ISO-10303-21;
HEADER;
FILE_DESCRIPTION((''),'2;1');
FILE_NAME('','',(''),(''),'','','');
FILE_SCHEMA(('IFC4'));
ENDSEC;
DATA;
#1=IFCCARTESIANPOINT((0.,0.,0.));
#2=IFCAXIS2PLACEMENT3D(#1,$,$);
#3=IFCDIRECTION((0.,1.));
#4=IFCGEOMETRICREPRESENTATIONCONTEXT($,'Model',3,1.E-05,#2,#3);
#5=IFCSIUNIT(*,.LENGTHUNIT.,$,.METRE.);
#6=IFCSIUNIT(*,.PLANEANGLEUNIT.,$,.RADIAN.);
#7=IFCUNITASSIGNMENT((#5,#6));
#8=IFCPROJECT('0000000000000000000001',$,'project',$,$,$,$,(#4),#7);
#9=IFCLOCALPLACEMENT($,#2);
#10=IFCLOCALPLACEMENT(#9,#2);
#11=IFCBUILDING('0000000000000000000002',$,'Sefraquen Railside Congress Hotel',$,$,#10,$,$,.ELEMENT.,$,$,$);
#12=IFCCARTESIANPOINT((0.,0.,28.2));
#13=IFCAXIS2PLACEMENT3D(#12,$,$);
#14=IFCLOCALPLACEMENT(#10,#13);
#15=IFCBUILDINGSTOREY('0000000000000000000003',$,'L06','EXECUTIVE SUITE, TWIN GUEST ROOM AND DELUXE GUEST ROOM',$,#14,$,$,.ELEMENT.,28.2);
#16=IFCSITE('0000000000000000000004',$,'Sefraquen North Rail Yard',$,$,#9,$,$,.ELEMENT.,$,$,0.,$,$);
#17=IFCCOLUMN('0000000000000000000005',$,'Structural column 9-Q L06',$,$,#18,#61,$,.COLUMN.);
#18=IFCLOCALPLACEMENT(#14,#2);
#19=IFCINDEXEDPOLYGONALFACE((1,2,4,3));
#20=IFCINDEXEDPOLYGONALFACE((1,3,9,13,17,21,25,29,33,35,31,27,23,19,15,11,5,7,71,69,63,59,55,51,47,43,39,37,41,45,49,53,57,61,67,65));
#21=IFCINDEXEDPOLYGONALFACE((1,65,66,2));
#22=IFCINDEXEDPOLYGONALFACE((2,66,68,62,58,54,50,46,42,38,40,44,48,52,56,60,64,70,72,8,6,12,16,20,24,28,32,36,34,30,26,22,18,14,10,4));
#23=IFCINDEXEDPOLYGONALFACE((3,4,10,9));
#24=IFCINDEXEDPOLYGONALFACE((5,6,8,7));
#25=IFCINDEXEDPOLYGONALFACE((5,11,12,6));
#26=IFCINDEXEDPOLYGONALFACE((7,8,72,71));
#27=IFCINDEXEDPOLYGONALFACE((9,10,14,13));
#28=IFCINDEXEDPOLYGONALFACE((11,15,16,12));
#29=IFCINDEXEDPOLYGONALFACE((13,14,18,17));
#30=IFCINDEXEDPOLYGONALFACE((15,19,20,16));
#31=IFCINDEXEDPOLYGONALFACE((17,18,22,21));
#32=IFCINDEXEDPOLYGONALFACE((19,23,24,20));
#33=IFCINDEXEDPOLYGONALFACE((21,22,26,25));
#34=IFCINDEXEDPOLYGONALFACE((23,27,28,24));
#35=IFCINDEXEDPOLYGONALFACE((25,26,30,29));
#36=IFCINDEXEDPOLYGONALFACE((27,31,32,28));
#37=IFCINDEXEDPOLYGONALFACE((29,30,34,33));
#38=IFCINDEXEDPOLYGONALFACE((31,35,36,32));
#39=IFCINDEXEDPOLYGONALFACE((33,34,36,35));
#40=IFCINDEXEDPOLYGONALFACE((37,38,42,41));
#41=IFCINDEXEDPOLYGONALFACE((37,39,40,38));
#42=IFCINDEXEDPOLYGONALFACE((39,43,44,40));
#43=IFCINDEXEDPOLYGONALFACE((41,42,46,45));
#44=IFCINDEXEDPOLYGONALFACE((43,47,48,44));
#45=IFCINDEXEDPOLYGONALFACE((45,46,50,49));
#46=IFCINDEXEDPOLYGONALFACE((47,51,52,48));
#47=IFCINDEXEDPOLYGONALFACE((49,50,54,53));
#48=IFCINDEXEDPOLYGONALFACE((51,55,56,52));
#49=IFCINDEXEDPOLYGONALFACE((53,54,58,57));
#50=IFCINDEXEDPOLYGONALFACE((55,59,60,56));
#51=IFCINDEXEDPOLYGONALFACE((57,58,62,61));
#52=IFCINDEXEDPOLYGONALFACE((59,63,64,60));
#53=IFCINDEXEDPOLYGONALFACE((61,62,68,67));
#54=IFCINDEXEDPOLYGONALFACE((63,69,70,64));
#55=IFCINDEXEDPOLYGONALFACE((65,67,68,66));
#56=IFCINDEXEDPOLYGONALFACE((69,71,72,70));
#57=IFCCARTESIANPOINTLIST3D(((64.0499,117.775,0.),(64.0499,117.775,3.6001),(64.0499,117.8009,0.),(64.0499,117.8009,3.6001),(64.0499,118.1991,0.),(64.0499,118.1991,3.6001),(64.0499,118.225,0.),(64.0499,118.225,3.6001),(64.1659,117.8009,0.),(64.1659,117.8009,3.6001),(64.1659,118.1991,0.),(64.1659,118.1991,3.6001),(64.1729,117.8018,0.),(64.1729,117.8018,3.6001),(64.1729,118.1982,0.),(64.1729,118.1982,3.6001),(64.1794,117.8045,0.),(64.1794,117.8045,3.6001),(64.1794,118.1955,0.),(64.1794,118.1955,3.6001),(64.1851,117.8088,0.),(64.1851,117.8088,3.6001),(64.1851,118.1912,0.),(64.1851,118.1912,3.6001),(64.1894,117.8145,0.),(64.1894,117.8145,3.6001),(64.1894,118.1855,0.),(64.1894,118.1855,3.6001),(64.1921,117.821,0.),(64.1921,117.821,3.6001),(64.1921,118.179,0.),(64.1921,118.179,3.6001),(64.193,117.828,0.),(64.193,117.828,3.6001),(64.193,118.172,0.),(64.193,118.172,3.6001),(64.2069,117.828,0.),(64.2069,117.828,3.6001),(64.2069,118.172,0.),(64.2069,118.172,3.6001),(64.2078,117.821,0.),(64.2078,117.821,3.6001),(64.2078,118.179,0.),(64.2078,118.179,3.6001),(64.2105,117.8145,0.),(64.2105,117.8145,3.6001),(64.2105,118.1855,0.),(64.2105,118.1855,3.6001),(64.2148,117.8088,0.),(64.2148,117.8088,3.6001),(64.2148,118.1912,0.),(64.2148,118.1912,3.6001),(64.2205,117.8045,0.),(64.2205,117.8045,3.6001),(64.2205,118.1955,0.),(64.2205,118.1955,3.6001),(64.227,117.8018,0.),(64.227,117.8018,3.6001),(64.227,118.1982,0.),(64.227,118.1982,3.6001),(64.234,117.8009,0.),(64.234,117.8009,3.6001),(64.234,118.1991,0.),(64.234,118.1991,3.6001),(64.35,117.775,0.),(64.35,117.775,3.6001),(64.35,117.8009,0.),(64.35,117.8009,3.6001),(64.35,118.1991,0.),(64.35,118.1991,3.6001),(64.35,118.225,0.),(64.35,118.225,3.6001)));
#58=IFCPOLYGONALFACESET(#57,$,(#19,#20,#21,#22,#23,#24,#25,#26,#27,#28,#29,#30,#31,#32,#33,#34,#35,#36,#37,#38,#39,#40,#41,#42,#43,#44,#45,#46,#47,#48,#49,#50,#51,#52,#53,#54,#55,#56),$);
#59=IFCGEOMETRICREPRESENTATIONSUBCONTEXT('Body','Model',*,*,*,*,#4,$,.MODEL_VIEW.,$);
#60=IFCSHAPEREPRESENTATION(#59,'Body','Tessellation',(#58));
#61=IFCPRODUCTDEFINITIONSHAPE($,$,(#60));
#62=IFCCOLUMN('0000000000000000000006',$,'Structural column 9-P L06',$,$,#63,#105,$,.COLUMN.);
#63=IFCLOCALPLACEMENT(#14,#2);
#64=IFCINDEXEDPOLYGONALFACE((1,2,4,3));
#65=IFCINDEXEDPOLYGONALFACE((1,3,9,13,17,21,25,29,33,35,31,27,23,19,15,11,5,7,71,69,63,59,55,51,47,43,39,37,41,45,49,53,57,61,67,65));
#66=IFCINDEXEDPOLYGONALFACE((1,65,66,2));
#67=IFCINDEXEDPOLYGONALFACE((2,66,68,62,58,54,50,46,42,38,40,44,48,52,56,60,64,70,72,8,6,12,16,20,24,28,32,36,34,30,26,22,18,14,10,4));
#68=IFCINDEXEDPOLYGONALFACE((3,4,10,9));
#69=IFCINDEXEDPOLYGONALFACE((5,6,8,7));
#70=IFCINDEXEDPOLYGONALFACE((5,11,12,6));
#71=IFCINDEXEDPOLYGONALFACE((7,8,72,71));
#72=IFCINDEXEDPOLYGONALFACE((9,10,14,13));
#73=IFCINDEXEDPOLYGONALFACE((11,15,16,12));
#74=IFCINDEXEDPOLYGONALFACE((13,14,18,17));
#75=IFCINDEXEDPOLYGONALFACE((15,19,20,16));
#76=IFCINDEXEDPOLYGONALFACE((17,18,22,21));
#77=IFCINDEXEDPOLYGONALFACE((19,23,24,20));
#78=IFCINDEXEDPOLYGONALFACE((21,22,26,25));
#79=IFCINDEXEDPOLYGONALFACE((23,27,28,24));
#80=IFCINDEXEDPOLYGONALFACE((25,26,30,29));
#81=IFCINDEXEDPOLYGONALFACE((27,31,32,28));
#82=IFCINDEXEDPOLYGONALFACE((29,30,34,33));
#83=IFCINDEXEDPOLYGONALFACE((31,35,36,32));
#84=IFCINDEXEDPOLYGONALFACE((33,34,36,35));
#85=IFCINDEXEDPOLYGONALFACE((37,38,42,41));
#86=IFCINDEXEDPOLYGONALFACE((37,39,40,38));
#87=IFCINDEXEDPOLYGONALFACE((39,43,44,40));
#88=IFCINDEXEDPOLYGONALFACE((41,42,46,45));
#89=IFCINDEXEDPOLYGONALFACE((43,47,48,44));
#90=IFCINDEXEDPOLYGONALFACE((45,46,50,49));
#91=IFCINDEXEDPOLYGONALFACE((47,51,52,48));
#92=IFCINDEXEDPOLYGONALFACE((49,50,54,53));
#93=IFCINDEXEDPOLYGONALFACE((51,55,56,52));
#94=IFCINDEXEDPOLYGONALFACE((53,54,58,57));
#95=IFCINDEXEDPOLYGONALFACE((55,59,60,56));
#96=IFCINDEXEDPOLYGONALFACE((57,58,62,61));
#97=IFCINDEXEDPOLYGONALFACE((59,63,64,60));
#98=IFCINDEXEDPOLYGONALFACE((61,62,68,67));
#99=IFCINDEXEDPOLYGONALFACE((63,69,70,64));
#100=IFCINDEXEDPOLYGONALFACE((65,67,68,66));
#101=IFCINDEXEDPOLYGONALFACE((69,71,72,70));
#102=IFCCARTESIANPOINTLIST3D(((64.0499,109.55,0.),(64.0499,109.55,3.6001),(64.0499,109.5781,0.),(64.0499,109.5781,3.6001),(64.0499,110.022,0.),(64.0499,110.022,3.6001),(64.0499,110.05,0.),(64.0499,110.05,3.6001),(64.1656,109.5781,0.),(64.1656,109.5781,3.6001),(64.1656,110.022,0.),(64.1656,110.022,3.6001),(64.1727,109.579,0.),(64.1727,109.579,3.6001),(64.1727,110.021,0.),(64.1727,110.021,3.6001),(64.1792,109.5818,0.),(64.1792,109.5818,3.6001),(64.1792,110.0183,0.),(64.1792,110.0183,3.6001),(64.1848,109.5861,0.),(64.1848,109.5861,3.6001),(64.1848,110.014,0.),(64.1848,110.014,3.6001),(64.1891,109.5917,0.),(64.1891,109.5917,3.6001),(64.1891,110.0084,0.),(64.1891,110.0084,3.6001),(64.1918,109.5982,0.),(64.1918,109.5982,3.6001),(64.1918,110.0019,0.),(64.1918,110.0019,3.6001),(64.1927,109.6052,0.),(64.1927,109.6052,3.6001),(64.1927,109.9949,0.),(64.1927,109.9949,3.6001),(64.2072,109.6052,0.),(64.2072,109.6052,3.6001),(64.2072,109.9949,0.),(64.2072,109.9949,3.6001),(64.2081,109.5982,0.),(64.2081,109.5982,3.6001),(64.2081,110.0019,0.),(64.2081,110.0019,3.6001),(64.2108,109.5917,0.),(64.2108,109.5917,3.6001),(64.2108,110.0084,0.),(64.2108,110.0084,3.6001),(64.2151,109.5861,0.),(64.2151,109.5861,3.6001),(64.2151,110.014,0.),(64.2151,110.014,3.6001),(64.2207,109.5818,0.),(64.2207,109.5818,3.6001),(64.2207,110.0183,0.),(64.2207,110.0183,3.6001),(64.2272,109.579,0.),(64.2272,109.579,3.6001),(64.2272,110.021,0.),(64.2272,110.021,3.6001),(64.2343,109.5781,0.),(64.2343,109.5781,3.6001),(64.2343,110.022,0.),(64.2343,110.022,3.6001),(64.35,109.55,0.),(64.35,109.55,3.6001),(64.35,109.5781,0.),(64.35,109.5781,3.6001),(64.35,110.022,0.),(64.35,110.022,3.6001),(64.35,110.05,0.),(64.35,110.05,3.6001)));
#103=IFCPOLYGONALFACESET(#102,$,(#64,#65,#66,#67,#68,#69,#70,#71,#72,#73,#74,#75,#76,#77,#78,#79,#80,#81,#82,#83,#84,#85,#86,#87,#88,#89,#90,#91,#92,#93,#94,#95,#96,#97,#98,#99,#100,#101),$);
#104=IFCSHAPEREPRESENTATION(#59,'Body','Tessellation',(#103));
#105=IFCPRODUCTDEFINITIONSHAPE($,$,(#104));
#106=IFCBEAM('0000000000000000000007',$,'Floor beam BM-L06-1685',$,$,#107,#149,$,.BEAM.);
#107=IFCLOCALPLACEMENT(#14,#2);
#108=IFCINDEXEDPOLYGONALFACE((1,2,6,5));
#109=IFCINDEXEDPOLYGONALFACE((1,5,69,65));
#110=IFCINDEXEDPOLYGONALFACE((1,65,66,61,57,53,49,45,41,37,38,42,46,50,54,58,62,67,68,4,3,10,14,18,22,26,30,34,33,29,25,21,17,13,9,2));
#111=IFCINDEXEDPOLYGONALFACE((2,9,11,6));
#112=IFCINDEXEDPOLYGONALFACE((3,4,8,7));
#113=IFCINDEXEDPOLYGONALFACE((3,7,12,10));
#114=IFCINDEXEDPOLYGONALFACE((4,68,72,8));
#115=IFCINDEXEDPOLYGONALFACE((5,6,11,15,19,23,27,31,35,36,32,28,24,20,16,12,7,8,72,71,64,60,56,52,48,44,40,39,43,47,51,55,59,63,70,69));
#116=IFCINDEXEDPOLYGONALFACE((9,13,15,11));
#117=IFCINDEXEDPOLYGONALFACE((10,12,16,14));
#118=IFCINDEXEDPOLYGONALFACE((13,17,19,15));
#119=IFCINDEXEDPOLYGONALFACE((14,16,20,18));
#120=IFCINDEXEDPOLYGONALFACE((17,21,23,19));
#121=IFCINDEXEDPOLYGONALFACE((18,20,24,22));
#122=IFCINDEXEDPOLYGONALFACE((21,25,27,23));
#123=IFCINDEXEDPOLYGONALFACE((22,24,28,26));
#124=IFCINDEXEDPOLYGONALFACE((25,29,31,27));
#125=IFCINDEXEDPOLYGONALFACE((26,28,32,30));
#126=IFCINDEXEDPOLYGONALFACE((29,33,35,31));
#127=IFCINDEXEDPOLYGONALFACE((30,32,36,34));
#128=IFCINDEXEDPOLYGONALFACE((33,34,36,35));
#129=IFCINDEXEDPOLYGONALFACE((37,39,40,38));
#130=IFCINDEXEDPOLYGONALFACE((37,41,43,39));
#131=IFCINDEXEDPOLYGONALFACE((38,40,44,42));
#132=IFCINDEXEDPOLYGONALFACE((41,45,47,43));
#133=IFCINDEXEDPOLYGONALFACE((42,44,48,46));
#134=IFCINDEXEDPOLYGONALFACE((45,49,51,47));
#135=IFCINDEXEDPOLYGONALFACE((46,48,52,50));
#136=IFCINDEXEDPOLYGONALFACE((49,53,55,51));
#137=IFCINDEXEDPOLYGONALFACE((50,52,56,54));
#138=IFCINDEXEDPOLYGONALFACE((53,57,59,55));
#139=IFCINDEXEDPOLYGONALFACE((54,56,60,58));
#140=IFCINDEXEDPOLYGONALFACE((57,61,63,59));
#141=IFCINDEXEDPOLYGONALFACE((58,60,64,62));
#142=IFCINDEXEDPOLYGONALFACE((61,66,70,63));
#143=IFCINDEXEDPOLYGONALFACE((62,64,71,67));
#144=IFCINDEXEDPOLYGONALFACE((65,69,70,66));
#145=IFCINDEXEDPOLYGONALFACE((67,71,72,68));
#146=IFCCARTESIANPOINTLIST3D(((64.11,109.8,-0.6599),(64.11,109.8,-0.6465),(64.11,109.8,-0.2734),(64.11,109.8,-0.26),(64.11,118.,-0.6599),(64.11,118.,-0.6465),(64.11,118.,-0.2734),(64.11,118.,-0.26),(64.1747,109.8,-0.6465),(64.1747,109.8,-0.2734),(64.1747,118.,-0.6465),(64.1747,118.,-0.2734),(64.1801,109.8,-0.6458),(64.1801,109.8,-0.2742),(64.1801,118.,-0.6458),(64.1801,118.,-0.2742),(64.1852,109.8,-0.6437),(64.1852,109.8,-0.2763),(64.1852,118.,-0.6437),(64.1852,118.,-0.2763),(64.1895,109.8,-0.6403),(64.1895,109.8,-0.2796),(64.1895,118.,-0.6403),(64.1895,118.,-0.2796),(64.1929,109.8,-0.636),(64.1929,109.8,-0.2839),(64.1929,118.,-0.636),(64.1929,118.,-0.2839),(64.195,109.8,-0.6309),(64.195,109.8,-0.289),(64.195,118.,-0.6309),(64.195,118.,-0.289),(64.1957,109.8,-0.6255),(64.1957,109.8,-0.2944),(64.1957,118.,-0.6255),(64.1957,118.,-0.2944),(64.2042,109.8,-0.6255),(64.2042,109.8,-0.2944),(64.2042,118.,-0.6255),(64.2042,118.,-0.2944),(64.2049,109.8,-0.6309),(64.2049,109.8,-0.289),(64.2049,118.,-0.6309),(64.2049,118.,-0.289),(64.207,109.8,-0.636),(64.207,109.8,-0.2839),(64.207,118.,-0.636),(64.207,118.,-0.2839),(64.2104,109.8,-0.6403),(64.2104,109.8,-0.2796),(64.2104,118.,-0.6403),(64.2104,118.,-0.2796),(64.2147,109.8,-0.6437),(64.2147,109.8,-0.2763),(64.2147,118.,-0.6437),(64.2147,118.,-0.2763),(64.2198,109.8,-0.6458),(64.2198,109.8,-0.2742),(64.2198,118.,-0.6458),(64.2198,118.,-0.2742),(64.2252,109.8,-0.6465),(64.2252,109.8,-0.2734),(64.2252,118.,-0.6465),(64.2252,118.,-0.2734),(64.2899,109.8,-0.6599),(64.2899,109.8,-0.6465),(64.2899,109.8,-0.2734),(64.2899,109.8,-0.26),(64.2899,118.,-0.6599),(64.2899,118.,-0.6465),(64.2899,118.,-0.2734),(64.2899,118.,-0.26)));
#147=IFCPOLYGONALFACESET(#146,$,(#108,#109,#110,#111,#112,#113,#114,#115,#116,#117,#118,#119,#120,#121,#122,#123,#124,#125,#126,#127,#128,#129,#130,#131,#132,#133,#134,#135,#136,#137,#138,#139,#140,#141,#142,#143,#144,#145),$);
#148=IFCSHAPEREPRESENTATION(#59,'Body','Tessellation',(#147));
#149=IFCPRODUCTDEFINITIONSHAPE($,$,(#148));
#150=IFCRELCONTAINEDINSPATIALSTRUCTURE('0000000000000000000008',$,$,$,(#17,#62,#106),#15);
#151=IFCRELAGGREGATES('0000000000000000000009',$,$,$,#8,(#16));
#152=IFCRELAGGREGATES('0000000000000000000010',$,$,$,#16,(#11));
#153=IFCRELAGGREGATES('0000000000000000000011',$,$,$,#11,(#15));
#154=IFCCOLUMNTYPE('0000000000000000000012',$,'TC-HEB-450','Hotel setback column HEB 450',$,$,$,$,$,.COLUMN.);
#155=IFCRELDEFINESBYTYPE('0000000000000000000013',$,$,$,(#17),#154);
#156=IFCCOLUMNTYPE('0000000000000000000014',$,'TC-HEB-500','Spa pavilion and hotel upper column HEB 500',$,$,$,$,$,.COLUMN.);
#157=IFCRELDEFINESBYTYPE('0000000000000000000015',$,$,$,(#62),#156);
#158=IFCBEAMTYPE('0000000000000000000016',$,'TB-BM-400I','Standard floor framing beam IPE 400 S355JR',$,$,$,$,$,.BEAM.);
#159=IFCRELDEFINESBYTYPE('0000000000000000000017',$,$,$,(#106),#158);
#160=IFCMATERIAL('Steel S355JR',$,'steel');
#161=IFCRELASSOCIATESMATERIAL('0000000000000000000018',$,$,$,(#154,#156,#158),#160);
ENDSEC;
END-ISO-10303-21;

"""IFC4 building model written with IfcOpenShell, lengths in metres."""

from ifc_helpers import new_model, si_unit, direction, frame, origin, origin_2d, place, context, subcontext, project, spatial, i_section, extrude, material, material_profile, profile_set, type_object, element, save


model = new_model("IFC4")

# Units and contexts
model_context = context("Model", 3, precision=1e-05, world=origin(), true_north=direction((0.0, 1.0)))
body_context = subcontext(model_context, "Body", "Model", "MODEL_VIEW")
ifc_project = project(units=[si_unit("LENGTHUNIT", "METRE"), si_unit("PLANEANGLEUNIT", "RADIAN")], contexts=[model_context])

# Site, building, storey
site_placement = place(None, origin())
site = spatial("IfcSite", under=ifc_project, at=site_placement, Name="Sefraquen North Rail Yard", CompositionType="ELEMENT", RefElevation=0.0)
building_placement = place(site_placement, origin())
building = spatial("IfcBuilding", under=site, at=building_placement, Name="Sefraquen Railside Congress Hotel", CompositionType="ELEMENT")
storey_placement = place(building_placement, frame((0.0, 0.0, 28.2)))
storey = spatial("IfcBuildingStorey", under=building, at=storey_placement, Name="L06", Description="EXECUTIVE SUITE, TWIN GUEST ROOM AND DELUXE GUEST ROOM", CompositionType="ELEMENT", Elevation=28.2)

# Columns
ifc_material_1 = material(Name="Steel S355JR", Category="steel")
ifc_material_profile_1 = material_profile(ifc_material_1, i_section(OverallWidth=0.3, OverallDepth=0.45, WebThickness=0.0139, FlangeThickness=0.0259, FilletRadius=0.0271, at=origin_2d()), Name="HEB 450")
ifc_profile_set_1 = profile_set([ifc_material_profile_1], Name="Steel S355JR")
column_type_1 = type_object("IfcColumnType", Name="TC-HEB-450", Description="Hotel setback column HEB 450", PredefinedType="COLUMN", material=ifc_profile_set_1)
column_1_placement = place(storey_placement, frame((64.2, 118.0, 0.0), z_axis=(0.0, 0.0, 1.0), x_axis=(1.0, 0.0, 0.0)))
element("IfcColumn", 1, at=column_1_placement, inside=storey, type_object=column_type_1, Name="Structural column 9-Q L06", PredefinedType="COLUMN", context=body_context, shape_type="SweptSolid", body=[
    extrude(i_section(OverallWidth=0.3, OverallDepth=0.45, WebThickness=0.0139, FlangeThickness=0.0259, FilletRadius=0.0271, at=origin_2d()), origin(), (0.0, 0.0, 1.0), 3.6001),
])
ifc_material_profile_2 = material_profile(ifc_material_1, i_section(OverallWidth=0.3, OverallDepth=0.5, WebThickness=0.0144, FlangeThickness=0.0281, FilletRadius=0.0271, at=origin_2d()), Name="HEB 500")
ifc_profile_set_2 = profile_set([ifc_material_profile_2], Name="Steel S355JR")
column_type_2 = type_object("IfcColumnType", Name="TC-HEB-500", Description="Spa pavilion and hotel upper column HEB 500", PredefinedType="COLUMN", material=ifc_profile_set_2)
column_2_placement = place(storey_placement, frame((64.2, 109.8, 0.0), z_axis=(0.0, 0.0, 1.0), x_axis=(1.0, 0.0, 0.0)))
element("IfcColumn", 2, at=column_2_placement, inside=storey, type_object=column_type_2, Name="Structural column 9-P L06", PredefinedType="COLUMN", context=body_context, shape_type="SweptSolid", body=[
    extrude(i_section(OverallWidth=0.3, OverallDepth=0.5, WebThickness=0.0144, FlangeThickness=0.0281, FilletRadius=0.0271, at=origin_2d()), origin(), (0.0, 0.0, 1.0), 3.6001),
])

# Beam
ifc_material_profile_3 = material_profile(ifc_material_1, i_section(OverallWidth=0.1799, OverallDepth=0.3999, WebThickness=0.0085, FlangeThickness=0.0134, FilletRadius=0.021, at=origin_2d()), Name="IPE 400")
ifc_profile_set_3 = profile_set([ifc_material_profile_3], Name="Steel S355JR")
beam_type_1 = type_object("IfcBeamType", Name="TB-BM-400I", Description="Standard floor framing beam IPE 400 S355JR", PredefinedType="BEAM", material=ifc_profile_set_3)
beam_placement = place(storey_placement, frame((64.2, 109.8, -0.46), z_axis=(0.0, 1.0, 0.0), x_axis=(-1.0, 0.0, 0.0)))
element("IfcBeam", 3, at=beam_placement, inside=storey, type_object=beam_type_1, Name="Floor beam BM-L06-1685", PredefinedType="BEAM", context=body_context, shape_type="SweptSolid", body=[
    extrude(i_section(OverallWidth=0.1799, OverallDepth=0.3999, WebThickness=0.0085, FlangeThickness=0.0134, FilletRadius=0.021, at=origin_2d()), origin(), (0.0, 0.0, 1.0), 8.2),
])

save(model, "model.ifc")
